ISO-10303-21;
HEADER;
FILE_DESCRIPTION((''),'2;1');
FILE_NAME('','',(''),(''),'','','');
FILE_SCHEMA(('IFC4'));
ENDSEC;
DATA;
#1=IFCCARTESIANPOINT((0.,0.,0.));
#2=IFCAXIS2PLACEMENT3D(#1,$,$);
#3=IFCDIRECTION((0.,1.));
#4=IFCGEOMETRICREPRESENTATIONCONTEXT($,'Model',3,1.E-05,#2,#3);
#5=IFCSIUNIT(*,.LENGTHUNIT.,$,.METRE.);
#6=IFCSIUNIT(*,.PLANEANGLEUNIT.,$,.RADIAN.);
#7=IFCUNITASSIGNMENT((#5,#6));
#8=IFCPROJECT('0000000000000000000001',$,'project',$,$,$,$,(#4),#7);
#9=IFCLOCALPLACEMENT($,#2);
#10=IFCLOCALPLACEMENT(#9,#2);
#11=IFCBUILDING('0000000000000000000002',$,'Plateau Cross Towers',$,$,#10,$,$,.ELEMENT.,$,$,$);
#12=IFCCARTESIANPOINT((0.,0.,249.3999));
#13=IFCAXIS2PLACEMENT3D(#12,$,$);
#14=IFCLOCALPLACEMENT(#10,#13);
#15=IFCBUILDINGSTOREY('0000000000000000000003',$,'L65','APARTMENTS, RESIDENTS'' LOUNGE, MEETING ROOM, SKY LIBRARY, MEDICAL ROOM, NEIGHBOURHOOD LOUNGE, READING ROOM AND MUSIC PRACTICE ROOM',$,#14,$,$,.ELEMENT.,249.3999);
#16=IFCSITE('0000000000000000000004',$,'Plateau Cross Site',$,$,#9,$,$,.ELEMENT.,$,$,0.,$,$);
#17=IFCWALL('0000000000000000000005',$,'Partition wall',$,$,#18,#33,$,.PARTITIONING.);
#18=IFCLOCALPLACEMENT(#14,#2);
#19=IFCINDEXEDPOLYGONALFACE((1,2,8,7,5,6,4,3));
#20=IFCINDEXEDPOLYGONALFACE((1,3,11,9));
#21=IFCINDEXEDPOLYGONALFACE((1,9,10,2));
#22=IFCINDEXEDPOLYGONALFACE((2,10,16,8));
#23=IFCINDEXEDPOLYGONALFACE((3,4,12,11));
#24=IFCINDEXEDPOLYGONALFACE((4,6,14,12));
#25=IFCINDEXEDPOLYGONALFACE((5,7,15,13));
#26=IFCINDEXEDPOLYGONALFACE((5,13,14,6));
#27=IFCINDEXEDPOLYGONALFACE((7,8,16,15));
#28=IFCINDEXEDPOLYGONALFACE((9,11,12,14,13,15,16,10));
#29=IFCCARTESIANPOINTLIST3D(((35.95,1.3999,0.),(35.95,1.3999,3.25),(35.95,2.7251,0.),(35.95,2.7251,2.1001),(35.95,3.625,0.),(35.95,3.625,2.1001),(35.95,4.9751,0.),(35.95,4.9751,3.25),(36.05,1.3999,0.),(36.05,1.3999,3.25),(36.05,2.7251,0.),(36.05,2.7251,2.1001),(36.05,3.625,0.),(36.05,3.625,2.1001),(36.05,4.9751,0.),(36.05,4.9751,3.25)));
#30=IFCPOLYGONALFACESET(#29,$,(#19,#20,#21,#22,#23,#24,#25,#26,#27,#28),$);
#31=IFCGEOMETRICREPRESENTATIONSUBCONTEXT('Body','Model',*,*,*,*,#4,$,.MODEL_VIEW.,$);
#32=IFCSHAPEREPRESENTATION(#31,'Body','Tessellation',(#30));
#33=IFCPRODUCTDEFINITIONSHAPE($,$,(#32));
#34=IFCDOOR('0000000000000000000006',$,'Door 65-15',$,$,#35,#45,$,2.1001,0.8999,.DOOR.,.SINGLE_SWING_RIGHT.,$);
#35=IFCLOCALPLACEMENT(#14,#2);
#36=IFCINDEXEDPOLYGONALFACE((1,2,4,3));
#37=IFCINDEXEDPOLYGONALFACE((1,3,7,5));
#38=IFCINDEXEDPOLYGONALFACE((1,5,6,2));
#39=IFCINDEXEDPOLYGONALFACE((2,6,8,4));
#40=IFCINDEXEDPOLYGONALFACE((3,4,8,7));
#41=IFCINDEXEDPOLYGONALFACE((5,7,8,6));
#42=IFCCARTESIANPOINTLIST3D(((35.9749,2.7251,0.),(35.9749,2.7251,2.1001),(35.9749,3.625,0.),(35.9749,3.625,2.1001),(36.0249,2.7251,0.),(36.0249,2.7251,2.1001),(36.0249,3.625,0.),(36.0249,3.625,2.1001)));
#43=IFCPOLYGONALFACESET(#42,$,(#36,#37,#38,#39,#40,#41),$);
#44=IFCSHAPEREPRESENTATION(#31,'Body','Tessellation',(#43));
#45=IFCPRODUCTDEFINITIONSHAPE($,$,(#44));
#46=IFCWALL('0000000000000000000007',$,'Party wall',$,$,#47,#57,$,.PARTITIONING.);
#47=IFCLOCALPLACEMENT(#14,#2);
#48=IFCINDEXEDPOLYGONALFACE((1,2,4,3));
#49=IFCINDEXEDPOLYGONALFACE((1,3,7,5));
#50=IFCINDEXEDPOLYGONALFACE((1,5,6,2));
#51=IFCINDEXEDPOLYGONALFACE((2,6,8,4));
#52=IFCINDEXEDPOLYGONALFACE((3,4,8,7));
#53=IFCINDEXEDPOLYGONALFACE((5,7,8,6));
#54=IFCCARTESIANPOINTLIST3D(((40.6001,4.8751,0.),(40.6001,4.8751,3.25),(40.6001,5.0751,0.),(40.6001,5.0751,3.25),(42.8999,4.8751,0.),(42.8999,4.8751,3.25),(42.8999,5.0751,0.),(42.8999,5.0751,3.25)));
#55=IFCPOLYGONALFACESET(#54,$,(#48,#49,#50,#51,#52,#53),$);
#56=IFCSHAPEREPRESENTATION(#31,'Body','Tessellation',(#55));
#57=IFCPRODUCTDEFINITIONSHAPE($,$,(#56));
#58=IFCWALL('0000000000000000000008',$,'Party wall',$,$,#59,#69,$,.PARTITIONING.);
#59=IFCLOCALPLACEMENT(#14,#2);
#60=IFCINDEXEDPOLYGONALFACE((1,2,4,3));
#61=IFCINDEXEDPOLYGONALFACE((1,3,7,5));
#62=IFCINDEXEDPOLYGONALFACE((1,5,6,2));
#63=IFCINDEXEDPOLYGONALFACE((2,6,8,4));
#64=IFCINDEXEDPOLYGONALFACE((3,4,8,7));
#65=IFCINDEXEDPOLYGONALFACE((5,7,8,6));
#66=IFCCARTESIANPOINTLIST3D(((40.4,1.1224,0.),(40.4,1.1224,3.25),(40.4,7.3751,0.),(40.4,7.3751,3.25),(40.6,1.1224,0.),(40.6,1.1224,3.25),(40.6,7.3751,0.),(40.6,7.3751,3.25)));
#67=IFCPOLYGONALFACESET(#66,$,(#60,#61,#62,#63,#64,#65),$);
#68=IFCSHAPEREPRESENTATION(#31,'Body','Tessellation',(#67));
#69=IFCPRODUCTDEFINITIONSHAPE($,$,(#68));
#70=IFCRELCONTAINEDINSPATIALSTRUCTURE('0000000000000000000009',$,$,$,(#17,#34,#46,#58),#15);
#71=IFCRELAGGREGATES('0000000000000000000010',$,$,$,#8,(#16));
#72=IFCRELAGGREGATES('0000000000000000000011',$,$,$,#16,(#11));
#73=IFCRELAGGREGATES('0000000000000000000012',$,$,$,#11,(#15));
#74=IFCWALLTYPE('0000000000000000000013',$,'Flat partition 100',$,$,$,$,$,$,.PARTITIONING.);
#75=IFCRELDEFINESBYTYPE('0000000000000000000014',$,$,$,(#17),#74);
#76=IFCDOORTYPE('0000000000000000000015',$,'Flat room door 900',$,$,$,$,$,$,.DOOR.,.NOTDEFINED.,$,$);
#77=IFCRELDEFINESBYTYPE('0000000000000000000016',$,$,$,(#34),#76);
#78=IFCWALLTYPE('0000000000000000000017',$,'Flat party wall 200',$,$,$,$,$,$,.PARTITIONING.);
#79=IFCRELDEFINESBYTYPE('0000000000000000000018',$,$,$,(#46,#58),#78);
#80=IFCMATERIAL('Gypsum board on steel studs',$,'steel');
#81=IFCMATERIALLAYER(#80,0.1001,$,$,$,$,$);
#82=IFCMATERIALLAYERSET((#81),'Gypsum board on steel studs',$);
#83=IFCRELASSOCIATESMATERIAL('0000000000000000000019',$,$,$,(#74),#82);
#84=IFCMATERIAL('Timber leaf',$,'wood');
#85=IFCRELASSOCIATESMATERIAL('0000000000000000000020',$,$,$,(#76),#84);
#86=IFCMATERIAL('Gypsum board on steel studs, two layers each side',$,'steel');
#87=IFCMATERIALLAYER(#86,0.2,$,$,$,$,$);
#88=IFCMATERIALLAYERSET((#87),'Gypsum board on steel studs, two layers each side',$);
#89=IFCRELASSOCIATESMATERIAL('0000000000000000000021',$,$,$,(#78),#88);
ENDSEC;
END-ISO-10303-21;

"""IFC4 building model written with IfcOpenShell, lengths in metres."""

from ifc_helpers import new_model, si_unit, direction, frame, frame_2d, origin, place, context, subcontext, project, spatial, rectangle, extrude, material, layer, layer_set, type_object, element, fill, save


model = new_model("IFC4")

# Units and contexts
model_context = context("Model", 3, precision=1e-05, world=origin(), true_north=direction((0.0, 1.0)))
body_context = subcontext(model_context, "Body", "Model", "MODEL_VIEW")
ifc_project = project(units=[si_unit("LENGTHUNIT", "METRE"), si_unit("PLANEANGLEUNIT", "RADIAN")], contexts=[model_context])

# Site, building, storey
site_placement = place(None, origin())
site = spatial("IfcSite", under=ifc_project, at=site_placement, Name="Plateau Cross Site", CompositionType="ELEMENT", RefElevation=0.0)
building_placement = place(site_placement, origin())
building = spatial("IfcBuilding", under=site, at=building_placement, Name="Plateau Cross Towers", CompositionType="ELEMENT")
storey_placement = place(building_placement, frame((0.0, 0.0, 249.3999)))
storey = spatial("IfcBuildingStorey", under=building, at=storey_placement, Name="L65", Description="APARTMENTS, RESIDENTS' LOUNGE, MEETING ROOM, SKY LIBRARY, MEDICAL ROOM, NEIGHBOURHOOD LOUNGE, READING ROOM AND MUSIC PRACTICE ROOM", CompositionType="ELEMENT", Elevation=249.3999)

# Shared definitions
ifc_material_1 = material(Name="Gypsum board on steel studs", Category="steel")
ifc_layer_1 = layer(ifc_material_1, 0.1001)
ifc_layer_set_1 = layer_set([ifc_layer_1], Name="Gypsum board on steel studs")
wall_type_1 = type_object("IfcWallType", Name="Flat partition 100", PredefinedType="PARTITIONING", material=ifc_layer_set_1)

# Wall, opening, door
ifc_material_2 = material(Name="Timber leaf", Category="wood")
door_type = type_object("IfcDoorType", Name="Flat room door 900", OperationType="NOTDEFINED", PredefinedType="DOOR", material=ifc_material_2)
wall_1_placement = place(storey_placement, frame((36.0, 4.9751, 0.0), z_axis=(0.0, 0.0, 1.0), x_axis=(0.0, -1.0, 0.0)))
wall_1 = element("IfcWall", 1, at=wall_1_placement, inside=storey, type_object=wall_type_1, Name="Partition wall", PredefinedType="PARTITIONING", context=body_context, shape_type="SweptSolid", body=[
    extrude(rectangle(XDim=3.5752, YDim=0.1001, at=frame_2d((1.7876, 0.0))), origin(), (0.0, 0.0, 1.0), 3.25),
])
opening_1_placement = place(wall_1_placement, frame((1.3501, 0.0, 0.0)))
opening_1 = element("IfcOpeningElement", 2, at=opening_1_placement, cuts=wall_1, PredefinedType="OPENING", context=body_context, shape_type="SweptSolid", body=[
    extrude(rectangle(XDim=0.8999, YDim=2.1001, at=frame_2d((0.45, 1.05))), frame((0.0, 0.0601, 0.0), z_axis=(0.0, -1.0, 0.0), x_axis=(1.0, 0.0, 0.0)), (0.0, 0.0, 1.0), 0.1201),
])
door_1_placement = place(opening_1_placement, origin())
door_1 = element("IfcDoor", 3, at=door_1_placement, inside=storey, type_object=door_type, Name="Door 65-15", OperationType="SINGLE_SWING_RIGHT", OverallHeight=2.1001, OverallWidth=0.8999, PredefinedType="DOOR", context=body_context, shape_type="SweptSolid", body=[
    extrude(rectangle(XDim=0.8999, YDim=2.1001, at=frame_2d((0.45, 1.05))), frame((0.0, 0.0249, 0.0), z_axis=(0.0, -1.0, 0.0), x_axis=(1.0, 0.0, 0.0)), (0.0, 0.0, 1.0), 0.05),
])
fill(opening_1, door_1)

# Walls
ifc_material_3 = material(Name="Gypsum board on steel studs, two layers each side", Category="steel")
ifc_layer_2 = layer(ifc_material_3, 0.2)
ifc_layer_set_2 = layer_set([ifc_layer_2], Name="Gypsum board on steel studs, two layers each side")
wall_type_2 = type_object("IfcWallType", Name="Flat party wall 200", PredefinedType="PARTITIONING", material=ifc_layer_set_2)
wall_2_placement = place(storey_placement, frame((40.6001, 4.9751, 0.0), z_axis=(0.0, 0.0, 1.0), x_axis=(1.0, 0.0, 0.0)))
element("IfcWall", 4, at=wall_2_placement, inside=storey, type_object=wall_type_2, Name="Party wall", PredefinedType="PARTITIONING", context=body_context, shape_type="SweptSolid", body=[
    extrude(rectangle(XDim=2.2998, YDim=0.2, at=frame_2d((1.1499, 0.0))), origin(), (0.0, 0.0, 1.0), 3.25),
])
wall_3_placement = place(storey_placement, frame((40.5, 1.1223, 0.0), z_axis=(0.0, 0.0, 1.0), x_axis=(0.0, 1.0, 0.0)))
element("IfcWall", 5, at=wall_3_placement, inside=storey, type_object=wall_type_2, Name="Party wall", PredefinedType="PARTITIONING", context=body_context, shape_type="SweptSolid", body=[
    extrude(rectangle(XDim=6.2527, YDim=0.2, at=frame_2d((3.1265, 0.0))), origin(), (0.0, 0.0, 1.0), 3.25),
])

save(model, "model.ifc")
